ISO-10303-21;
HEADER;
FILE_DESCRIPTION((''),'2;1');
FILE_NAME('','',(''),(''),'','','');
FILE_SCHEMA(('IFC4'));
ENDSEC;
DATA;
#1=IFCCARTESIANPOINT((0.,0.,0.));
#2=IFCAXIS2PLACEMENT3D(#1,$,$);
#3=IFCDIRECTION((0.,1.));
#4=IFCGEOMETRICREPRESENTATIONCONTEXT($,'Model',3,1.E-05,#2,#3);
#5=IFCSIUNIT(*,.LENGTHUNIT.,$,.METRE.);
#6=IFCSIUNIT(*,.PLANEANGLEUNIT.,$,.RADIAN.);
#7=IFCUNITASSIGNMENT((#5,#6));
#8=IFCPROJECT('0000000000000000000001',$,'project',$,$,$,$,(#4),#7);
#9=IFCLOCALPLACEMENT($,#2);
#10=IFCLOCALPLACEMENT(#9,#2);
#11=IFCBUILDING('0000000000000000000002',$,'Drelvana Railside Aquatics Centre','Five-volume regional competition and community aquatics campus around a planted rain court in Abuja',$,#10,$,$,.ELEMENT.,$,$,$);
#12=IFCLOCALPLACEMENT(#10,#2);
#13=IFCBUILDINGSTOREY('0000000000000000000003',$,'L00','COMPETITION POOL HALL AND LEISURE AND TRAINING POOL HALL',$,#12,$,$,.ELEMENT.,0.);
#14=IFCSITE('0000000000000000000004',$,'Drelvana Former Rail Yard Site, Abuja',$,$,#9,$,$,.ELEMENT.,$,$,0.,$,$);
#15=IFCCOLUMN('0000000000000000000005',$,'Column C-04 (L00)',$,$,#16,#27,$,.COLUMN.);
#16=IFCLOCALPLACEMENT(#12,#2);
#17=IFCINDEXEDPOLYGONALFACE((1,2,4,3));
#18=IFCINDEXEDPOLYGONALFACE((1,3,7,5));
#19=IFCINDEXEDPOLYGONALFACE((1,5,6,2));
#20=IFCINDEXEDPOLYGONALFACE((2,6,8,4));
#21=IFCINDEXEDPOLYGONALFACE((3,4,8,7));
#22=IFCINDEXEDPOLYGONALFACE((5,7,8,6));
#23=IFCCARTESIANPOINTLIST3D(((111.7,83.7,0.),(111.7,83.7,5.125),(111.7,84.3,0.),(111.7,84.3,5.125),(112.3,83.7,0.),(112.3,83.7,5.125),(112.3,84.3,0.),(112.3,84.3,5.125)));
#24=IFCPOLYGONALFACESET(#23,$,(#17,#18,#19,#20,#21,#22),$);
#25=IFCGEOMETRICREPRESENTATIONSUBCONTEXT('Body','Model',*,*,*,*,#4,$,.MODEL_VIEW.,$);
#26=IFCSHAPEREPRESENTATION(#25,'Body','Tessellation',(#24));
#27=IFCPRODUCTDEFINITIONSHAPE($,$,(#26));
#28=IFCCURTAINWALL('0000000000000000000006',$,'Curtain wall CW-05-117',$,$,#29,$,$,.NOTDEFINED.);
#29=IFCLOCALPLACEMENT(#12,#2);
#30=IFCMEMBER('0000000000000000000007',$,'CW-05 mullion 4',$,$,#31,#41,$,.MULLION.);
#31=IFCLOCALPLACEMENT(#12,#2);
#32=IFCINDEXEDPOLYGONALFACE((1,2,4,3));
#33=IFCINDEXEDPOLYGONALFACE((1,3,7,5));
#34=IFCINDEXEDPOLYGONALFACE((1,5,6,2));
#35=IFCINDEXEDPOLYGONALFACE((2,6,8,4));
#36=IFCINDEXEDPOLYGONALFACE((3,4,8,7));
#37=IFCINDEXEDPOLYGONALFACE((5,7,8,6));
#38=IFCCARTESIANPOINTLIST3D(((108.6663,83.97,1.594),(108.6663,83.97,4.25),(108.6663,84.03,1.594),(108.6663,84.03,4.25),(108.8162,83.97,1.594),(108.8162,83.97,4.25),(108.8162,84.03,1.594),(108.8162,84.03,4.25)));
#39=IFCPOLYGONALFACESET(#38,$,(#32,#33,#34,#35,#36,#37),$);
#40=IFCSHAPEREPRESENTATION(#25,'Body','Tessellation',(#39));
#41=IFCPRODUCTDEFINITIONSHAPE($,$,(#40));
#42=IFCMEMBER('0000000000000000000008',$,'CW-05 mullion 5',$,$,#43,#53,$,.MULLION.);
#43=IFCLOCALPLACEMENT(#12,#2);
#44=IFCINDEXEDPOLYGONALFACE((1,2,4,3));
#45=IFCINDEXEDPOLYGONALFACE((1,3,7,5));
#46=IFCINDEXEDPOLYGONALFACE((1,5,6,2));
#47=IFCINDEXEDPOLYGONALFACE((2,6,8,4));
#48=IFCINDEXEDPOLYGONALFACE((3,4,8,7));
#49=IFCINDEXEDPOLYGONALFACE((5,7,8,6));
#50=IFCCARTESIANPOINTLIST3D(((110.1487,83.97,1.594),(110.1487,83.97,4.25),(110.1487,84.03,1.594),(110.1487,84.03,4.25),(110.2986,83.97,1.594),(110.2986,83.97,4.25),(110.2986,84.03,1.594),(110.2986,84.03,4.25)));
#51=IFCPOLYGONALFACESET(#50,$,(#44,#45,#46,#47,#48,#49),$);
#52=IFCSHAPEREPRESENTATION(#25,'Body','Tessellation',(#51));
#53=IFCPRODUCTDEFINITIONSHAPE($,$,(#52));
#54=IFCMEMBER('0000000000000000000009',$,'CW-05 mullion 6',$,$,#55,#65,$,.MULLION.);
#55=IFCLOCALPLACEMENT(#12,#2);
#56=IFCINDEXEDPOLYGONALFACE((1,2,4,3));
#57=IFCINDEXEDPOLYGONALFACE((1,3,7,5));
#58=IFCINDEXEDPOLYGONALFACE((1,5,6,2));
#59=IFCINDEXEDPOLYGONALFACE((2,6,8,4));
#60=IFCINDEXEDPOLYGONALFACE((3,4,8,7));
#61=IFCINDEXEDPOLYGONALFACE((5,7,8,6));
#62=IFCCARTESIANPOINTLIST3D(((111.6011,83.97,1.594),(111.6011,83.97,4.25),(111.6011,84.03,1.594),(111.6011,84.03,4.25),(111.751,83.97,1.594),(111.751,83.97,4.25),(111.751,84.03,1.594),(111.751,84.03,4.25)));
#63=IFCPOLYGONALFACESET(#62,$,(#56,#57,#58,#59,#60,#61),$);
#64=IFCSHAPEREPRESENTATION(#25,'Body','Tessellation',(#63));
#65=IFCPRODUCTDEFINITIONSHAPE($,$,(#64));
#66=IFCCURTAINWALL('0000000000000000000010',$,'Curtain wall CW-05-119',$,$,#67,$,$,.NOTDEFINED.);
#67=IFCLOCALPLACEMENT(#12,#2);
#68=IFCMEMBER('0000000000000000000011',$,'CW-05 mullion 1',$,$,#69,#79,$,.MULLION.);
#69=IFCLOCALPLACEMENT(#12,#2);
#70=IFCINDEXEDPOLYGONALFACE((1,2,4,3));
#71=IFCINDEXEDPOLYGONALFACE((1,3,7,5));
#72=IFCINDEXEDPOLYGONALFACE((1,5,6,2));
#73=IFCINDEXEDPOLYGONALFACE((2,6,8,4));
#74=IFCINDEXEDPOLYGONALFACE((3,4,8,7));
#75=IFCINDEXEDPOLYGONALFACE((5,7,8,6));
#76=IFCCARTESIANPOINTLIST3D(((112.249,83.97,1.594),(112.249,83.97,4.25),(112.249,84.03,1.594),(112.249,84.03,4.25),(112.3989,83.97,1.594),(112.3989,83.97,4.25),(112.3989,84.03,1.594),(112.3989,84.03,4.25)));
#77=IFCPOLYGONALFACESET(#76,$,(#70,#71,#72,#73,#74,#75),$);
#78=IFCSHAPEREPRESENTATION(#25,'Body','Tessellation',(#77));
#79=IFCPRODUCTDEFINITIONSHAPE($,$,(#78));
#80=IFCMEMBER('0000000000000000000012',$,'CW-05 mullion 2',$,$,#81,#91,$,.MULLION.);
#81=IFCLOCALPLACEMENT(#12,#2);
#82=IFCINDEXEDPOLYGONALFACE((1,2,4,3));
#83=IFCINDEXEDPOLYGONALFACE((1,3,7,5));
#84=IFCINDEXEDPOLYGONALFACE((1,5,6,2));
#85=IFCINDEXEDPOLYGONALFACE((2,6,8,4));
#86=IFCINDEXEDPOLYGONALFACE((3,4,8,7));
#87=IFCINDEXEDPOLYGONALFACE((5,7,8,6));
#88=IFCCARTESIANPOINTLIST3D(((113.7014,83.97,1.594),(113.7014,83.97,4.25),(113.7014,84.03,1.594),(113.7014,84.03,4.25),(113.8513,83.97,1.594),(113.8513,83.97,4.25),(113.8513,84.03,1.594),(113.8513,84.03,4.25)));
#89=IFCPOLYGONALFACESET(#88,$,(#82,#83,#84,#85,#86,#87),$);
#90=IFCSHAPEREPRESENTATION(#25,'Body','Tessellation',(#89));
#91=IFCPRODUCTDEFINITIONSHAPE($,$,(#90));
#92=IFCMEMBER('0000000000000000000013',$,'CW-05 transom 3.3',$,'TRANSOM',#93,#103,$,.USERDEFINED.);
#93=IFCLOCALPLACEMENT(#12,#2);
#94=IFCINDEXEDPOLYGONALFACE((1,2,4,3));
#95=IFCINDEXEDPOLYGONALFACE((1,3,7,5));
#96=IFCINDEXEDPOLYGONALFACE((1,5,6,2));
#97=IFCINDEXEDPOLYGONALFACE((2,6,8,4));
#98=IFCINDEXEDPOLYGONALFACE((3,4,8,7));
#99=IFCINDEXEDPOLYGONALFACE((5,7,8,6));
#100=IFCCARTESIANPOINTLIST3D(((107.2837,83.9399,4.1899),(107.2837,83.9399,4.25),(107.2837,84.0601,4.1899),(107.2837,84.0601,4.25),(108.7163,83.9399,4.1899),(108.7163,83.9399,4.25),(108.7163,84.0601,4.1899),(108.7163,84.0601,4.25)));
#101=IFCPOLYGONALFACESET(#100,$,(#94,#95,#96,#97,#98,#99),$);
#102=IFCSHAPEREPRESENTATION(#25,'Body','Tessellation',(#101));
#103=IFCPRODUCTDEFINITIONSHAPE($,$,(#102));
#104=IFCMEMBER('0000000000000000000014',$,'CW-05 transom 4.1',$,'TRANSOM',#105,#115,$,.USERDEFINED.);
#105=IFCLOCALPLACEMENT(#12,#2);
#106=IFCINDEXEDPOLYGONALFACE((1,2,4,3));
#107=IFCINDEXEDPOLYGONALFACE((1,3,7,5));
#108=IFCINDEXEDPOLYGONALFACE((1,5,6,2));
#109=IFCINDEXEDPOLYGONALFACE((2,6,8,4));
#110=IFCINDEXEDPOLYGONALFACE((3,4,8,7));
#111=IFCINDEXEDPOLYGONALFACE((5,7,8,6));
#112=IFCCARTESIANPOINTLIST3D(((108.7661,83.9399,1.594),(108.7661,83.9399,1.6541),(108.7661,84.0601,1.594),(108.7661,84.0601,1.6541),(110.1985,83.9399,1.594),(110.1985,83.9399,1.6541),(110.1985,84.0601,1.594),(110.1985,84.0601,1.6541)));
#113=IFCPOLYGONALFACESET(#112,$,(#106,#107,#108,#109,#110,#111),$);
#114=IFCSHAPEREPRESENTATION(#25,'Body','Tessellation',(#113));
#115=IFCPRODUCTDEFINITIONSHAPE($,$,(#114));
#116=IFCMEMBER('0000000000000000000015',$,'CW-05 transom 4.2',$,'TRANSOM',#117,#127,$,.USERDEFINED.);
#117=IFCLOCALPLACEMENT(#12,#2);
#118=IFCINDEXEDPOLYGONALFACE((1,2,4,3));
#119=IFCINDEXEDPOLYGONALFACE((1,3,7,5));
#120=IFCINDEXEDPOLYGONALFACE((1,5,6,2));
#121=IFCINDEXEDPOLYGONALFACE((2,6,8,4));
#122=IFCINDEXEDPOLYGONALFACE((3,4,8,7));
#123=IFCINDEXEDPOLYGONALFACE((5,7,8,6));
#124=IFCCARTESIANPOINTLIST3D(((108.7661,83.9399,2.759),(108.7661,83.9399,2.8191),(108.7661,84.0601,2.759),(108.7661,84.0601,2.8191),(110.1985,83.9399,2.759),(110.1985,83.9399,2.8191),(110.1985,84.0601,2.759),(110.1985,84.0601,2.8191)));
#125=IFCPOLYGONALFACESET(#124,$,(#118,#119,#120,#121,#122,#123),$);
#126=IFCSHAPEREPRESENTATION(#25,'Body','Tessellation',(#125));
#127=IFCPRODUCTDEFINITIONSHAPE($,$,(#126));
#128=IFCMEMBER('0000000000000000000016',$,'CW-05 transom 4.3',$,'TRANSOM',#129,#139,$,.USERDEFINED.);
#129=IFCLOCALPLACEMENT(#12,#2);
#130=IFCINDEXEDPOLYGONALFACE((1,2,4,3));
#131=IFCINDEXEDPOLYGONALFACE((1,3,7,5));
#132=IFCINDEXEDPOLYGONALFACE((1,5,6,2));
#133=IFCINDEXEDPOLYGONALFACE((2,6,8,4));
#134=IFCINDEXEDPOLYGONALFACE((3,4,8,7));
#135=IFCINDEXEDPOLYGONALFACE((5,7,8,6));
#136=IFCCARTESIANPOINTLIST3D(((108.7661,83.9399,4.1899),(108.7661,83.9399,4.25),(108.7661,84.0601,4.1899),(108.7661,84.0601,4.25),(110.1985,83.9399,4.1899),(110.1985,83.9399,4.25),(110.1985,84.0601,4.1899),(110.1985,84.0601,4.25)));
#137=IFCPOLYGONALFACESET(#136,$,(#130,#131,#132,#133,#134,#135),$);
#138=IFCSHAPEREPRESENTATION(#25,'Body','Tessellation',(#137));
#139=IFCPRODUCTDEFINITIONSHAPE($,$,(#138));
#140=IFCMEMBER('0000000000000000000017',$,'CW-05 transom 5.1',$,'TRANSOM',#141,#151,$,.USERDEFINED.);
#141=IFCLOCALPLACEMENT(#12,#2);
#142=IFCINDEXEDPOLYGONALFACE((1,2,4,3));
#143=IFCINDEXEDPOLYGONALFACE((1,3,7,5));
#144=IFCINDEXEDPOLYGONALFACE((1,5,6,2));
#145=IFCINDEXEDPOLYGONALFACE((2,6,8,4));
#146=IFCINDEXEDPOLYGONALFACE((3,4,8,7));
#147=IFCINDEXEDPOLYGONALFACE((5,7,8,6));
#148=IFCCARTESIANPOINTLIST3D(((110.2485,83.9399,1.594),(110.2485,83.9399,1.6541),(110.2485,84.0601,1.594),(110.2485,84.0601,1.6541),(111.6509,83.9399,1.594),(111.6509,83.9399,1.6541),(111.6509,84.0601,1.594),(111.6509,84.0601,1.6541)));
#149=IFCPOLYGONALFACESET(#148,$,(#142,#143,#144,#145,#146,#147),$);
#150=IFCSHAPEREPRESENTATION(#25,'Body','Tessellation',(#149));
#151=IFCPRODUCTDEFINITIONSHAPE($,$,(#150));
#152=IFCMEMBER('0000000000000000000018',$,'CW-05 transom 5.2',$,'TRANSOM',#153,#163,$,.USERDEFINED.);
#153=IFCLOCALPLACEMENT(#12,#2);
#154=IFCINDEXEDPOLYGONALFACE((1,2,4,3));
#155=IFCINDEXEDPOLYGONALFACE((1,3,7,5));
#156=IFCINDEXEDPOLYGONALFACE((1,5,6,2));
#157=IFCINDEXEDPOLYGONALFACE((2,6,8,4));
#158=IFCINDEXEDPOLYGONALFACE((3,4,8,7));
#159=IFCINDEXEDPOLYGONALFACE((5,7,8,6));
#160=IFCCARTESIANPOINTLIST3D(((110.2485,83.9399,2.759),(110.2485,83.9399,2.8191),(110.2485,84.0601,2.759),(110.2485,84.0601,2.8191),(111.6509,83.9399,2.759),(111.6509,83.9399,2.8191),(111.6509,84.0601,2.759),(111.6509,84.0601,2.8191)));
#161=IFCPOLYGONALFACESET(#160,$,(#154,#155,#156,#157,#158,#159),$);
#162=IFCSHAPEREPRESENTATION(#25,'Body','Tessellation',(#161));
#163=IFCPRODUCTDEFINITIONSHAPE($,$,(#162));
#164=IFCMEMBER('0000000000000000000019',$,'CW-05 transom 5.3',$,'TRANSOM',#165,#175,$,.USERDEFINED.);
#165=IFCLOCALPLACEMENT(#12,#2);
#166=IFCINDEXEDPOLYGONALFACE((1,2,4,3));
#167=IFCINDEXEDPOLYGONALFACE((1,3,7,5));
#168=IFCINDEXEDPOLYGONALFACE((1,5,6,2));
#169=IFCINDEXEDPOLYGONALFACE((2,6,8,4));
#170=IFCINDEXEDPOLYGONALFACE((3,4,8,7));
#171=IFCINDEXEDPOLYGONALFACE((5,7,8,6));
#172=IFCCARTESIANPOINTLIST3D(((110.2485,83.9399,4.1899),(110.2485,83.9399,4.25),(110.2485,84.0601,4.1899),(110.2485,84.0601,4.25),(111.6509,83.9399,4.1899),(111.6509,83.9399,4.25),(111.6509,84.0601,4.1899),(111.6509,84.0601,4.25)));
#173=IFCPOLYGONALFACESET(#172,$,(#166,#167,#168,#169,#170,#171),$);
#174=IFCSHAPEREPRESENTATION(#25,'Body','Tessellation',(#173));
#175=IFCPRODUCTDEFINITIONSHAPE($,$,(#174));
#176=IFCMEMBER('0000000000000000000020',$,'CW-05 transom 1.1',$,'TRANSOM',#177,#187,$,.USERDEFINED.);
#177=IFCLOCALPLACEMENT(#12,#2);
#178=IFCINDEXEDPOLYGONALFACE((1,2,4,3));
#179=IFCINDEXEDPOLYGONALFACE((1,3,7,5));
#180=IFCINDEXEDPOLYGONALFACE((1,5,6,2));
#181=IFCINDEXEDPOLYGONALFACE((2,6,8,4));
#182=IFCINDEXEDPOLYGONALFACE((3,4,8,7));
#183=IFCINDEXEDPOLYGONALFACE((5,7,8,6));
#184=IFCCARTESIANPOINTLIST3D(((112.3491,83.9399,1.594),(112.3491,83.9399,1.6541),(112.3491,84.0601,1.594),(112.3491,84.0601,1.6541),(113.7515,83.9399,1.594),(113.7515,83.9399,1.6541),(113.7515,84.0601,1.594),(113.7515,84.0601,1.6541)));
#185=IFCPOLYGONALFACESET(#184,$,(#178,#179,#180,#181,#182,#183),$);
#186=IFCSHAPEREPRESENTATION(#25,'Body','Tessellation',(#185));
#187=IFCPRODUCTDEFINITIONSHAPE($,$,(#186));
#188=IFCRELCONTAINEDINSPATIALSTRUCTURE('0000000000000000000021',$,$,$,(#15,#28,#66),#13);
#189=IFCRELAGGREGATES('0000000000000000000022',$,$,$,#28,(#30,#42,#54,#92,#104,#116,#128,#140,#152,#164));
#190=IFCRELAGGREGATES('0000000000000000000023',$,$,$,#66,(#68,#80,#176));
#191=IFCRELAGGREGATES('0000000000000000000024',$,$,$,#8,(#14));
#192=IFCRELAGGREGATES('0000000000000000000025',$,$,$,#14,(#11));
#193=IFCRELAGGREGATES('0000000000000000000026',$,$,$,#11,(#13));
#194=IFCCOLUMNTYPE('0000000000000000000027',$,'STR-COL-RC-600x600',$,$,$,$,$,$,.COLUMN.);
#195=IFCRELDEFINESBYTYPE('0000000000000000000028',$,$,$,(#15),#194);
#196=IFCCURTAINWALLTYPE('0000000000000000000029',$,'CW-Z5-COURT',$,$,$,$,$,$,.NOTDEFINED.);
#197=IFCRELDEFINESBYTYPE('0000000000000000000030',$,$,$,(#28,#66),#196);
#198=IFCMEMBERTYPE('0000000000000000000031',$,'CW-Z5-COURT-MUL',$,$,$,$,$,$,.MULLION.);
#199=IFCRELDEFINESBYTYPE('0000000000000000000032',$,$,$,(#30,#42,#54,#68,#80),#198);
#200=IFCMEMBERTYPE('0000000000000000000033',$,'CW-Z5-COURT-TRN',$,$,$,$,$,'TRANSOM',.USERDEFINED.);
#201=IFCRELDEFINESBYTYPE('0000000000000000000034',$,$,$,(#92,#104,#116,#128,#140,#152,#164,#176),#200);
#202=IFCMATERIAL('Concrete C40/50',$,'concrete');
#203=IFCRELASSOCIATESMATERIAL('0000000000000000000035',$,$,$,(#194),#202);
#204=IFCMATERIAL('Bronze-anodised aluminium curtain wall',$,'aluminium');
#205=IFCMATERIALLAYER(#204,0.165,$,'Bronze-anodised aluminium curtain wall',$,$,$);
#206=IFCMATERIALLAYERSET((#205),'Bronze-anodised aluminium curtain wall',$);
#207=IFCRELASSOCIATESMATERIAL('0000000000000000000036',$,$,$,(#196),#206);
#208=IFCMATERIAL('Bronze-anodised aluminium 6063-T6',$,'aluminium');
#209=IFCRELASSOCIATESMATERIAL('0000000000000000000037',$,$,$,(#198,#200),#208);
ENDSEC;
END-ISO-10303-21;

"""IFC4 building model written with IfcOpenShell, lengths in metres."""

from ifc_helpers import new_model, si_unit, direction, frame, origin, origin_2d, place, context, subcontext, project, spatial, rectangle, extrude, material, layer, layer_set, material_profile, profile_set, type_object, element, aggregate, save


model = new_model("IFC4")

# Units and contexts
model_context = context("Model", 3, precision=1e-05, world=origin(), true_north=direction((0.0, 1.0)))
body_context = subcontext(model_context, "Body", "Model", "MODEL_VIEW")
ifc_project = project(units=[si_unit("LENGTHUNIT", "METRE"), si_unit("PLANEANGLEUNIT", "RADIAN")], contexts=[model_context])

# Site, building, storey
site_placement = place(None, origin())
site = spatial("IfcSite", under=ifc_project, at=site_placement, Name="Drelvana Former Rail Yard Site, Abuja", CompositionType="ELEMENT", RefElevation=0.0)
building_placement = place(site_placement, origin())
building = spatial("IfcBuilding", under=site, at=building_placement, Name="Drelvana Railside Aquatics Centre", Description="Five-volume regional competition and community aquatics campus around a planted rain court in Abuja", CompositionType="ELEMENT")
storey_placement = place(building_placement, origin())
storey = spatial("IfcBuildingStorey", under=building, at=storey_placement, Name="L00", Description="COMPETITION POOL HALL AND LEISURE AND TRAINING POOL HALL", CompositionType="ELEMENT", Elevation=0.0)

# Column
ifc_material_1 = material(Name="Concrete C40/50", Category="concrete")
ifc_material_profile_1 = material_profile(ifc_material_1, rectangle(XDim=0.6001, YDim=0.6001, at=origin_2d()), Name="RC 600x600")
ifc_profile_set_1 = profile_set([ifc_material_profile_1], Name="Concrete C40/50")
column_type = type_object("IfcColumnType", Name="STR-COL-RC-600x600", PredefinedType="COLUMN", material=ifc_profile_set_1)
column_placement = place(storey_placement, frame((112.0, 84.0, 0.0), z_axis=(0.0, 0.0, 1.0), x_axis=(1.0, 0.0, 0.0)))
element("IfcColumn", 1, at=column_placement, inside=storey, type_object=column_type, Name="Column C-04 (L00)", PredefinedType="COLUMN", context=body_context, shape_type="SweptSolid", body=[
    extrude(rectangle(XDim=0.6001, YDim=0.6001, at=origin_2d()), origin(), (0.0, 0.0, 1.0), 5.125),
])

# Curtain walls, members
ifc_material_2 = material(Name="Bronze-anodised aluminium curtain wall", Category="aluminium")
ifc_layer_1 = layer(ifc_material_2, 0.165, Name="Bronze-anodised aluminium curtain wall")
ifc_layer_set_1 = layer_set([ifc_layer_1], Name="Bronze-anodised aluminium curtain wall")
curtain_wall_type = type_object("IfcCurtainWallType", Name="CW-Z5-COURT", PredefinedType="NOTDEFINED", material=ifc_layer_set_1)
curtain_wall_1_placement = place(storey_placement, origin())
curtain_wall_1 = element("IfcCurtainWall", 2, at=curtain_wall_1_placement, inside=storey, type_object=curtain_wall_type, Name="Curtain wall CW-05-117", PredefinedType="NOTDEFINED")
ifc_material_3 = material(Name="Bronze-anodised aluminium 6063-T6", Category="aluminium")
ifc_material_profile_2 = material_profile(ifc_material_3, rectangle(XDim=0.0601, YDim=0.1499, at=origin_2d()), Name="ALU-M 60x150")
ifc_profile_set_2 = profile_set([ifc_material_profile_2], Name="Bronze-anodised aluminium 6063-T6")
member_type_1 = type_object("IfcMemberType", Name="CW-Z5-COURT-MUL", PredefinedType="MULLION", material=ifc_profile_set_2)
member_1_placement = place(storey_placement, frame((108.7412, 84.0, 1.594), z_axis=(0.0, 0.0, 1.0), x_axis=(0.0, 1.0, 0.0)))
member_1 = element("IfcMember", 3, at=member_1_placement, type_object=member_type_1, Name="CW-05 mullion 4", PredefinedType="MULLION", context=body_context, shape_type="SweptSolid", body=[
    extrude(rectangle(XDim=0.0601, YDim=0.1499, at=origin_2d()), origin(), (0.0, 0.0, 1.0), 2.656),
])
member_2_placement = place(storey_placement, frame((110.2236, 84.0, 1.594), z_axis=(0.0, 0.0, 1.0), x_axis=(0.0, 1.0, 0.0)))
member_2 = element("IfcMember", 4, at=member_2_placement, type_object=member_type_1, Name="CW-05 mullion 5", PredefinedType="MULLION", context=body_context, shape_type="SweptSolid", body=[
    extrude(rectangle(XDim=0.0601, YDim=0.1499, at=origin_2d()), origin(), (0.0, 0.0, 1.0), 2.656),
])
member_3_placement = place(storey_placement, frame((111.676, 84.0, 1.594), z_axis=(0.0, 0.0, 1.0), x_axis=(0.0, 1.0, 0.0)))
member_3 = element("IfcMember", 5, at=member_3_placement, type_object=member_type_1, Name="CW-05 mullion 6", PredefinedType="MULLION", context=body_context, shape_type="SweptSolid", body=[
    extrude(rectangle(XDim=0.0601, YDim=0.1499, at=origin_2d()), origin(), (0.0, 0.0, 1.0), 2.656),
])
curtain_wall_2_placement = place(storey_placement, origin())
curtain_wall_2 = element("IfcCurtainWall", 6, at=curtain_wall_2_placement, inside=storey, type_object=curtain_wall_type, Name="Curtain wall CW-05-119", PredefinedType="NOTDEFINED")
member_4_placement = place(storey_placement, frame((112.324, 84.0, 1.594), z_axis=(0.0, 0.0, 1.0), x_axis=(0.0, 1.0, 0.0)))
member_4 = element("IfcMember", 7, at=member_4_placement, type_object=member_type_1, Name="CW-05 mullion 1", PredefinedType="MULLION", context=body_context, shape_type="SweptSolid", body=[
    extrude(rectangle(XDim=0.0601, YDim=0.1499, at=origin_2d()), origin(), (0.0, 0.0, 1.0), 2.656),
])
member_5_placement = place(storey_placement, frame((113.7764, 84.0, 1.594), z_axis=(0.0, 0.0, 1.0), x_axis=(0.0, 1.0, 0.0)))
member_5 = element("IfcMember", 8, at=member_5_placement, type_object=member_type_1, Name="CW-05 mullion 2", PredefinedType="MULLION", context=body_context, shape_type="SweptSolid", body=[
    extrude(rectangle(XDim=0.0601, YDim=0.1499, at=origin_2d()), origin(), (0.0, 0.0, 1.0), 2.656),
])

# Members
ifc_material_profile_3 = material_profile(ifc_material_3, rectangle(XDim=0.1201, YDim=0.0601, at=origin_2d()), Name="ALU-T 60x120")
ifc_profile_set_3 = profile_set([ifc_material_profile_3], Name="Bronze-anodised aluminium 6063-T6")
member_type_2 = type_object("IfcMemberType", Name="CW-Z5-COURT-TRN", ElementType="TRANSOM", PredefinedType="USERDEFINED", material=ifc_profile_set_3)
member_6_placement = place(storey_placement, frame((107.2837, 84.0, 4.22), z_axis=(1.0, 0.0, 0.0), x_axis=(0.0, 1.0, 0.0)))
member_6 = element("IfcMember", 9, at=member_6_placement, type_object=member_type_2, Name="CW-05 transom 3.3", ObjectType="TRANSOM", PredefinedType="USERDEFINED", context=body_context, shape_type="SweptSolid", body=[
    extrude(rectangle(XDim=0.1201, YDim=0.0601, at=origin_2d()), origin(), (0.0, 0.0, 1.0), 1.4326),
])
member_7_placement = place(storey_placement, frame((108.7661, 84.0, 1.624), z_axis=(1.0, 0.0, 0.0), x_axis=(0.0, 1.0, 0.0)))
member_7 = element("IfcMember", 10, at=member_7_placement, type_object=member_type_2, Name="CW-05 transom 4.1", ObjectType="TRANSOM", PredefinedType="USERDEFINED", context=body_context, shape_type="SweptSolid", body=[
    extrude(rectangle(XDim=0.1201, YDim=0.0601, at=origin_2d()), origin(), (0.0, 0.0, 1.0), 1.4324),
])
member_8_placement = place(storey_placement, frame((108.7661, 84.0, 2.7891), z_axis=(1.0, 0.0, 0.0), x_axis=(0.0, 1.0, 0.0)))
member_8 = element("IfcMember", 11, at=member_8_placement, type_object=member_type_2, Name="CW-05 transom 4.2", ObjectType="TRANSOM", PredefinedType="USERDEFINED", context=body_context, shape_type="SweptSolid", body=[
    extrude(rectangle(XDim=0.1201, YDim=0.0601, at=origin_2d()), origin(), (0.0, 0.0, 1.0), 1.4324),
])
member_9_placement = place(storey_placement, frame((108.7661, 84.0, 4.22), z_axis=(1.0, 0.0, 0.0), x_axis=(0.0, 1.0, 0.0)))
member_9 = element("IfcMember", 12, at=member_9_placement, type_object=member_type_2, Name="CW-05 transom 4.3", ObjectType="TRANSOM", PredefinedType="USERDEFINED", context=body_context, shape_type="SweptSolid", body=[
    extrude(rectangle(XDim=0.1201, YDim=0.0601, at=origin_2d()), origin(), (0.0, 0.0, 1.0), 1.4324),
])
member_10_placement = place(storey_placement, frame((110.2485, 84.0, 1.624), z_axis=(1.0, 0.0, 0.0), x_axis=(0.0, 1.0, 0.0)))
member_10 = element("IfcMember", 13, at=member_10_placement, type_object=member_type_2, Name="CW-05 transom 5.1", ObjectType="TRANSOM", PredefinedType="USERDEFINED", context=body_context, shape_type="SweptSolid", body=[
    extrude(rectangle(XDim=0.1201, YDim=0.0601, at=origin_2d()), origin(), (0.0, 0.0, 1.0), 1.4023),
])
member_11_placement = place(storey_placement, frame((110.2485, 84.0, 2.7891), z_axis=(1.0, 0.0, 0.0), x_axis=(0.0, 1.0, 0.0)))
member_11 = element("IfcMember", 14, at=member_11_placement, type_object=member_type_2, Name="CW-05 transom 5.2", ObjectType="TRANSOM", PredefinedType="USERDEFINED", context=body_context, shape_type="SweptSolid", body=[
    extrude(rectangle(XDim=0.1201, YDim=0.0601, at=origin_2d()), origin(), (0.0, 0.0, 1.0), 1.4023),
])
member_12_placement = place(storey_placement, frame((110.2485, 84.0, 4.22), z_axis=(1.0, 0.0, 0.0), x_axis=(0.0, 1.0, 0.0)))
member_12 = element("IfcMember", 15, at=member_12_placement, type_object=member_type_2, Name="CW-05 transom 5.3", ObjectType="TRANSOM", PredefinedType="USERDEFINED", context=body_context, shape_type="SweptSolid", body=[
    extrude(rectangle(XDim=0.1201, YDim=0.0601, at=origin_2d()), origin(), (0.0, 0.0, 1.0), 1.4023),
])
member_13_placement = place(storey_placement, frame((112.3491, 84.0, 1.624), z_axis=(1.0, 0.0, 0.0), x_axis=(0.0, 1.0, 0.0)))
member_13 = element("IfcMember", 16, at=member_13_placement, type_object=member_type_2, Name="CW-05 transom 1.1", ObjectType="TRANSOM", PredefinedType="USERDEFINED", context=body_context, shape_type="SweptSolid", body=[
    extrude(rectangle(XDim=0.1201, YDim=0.0601, at=origin_2d()), origin(), (0.0, 0.0, 1.0), 1.4023),
])

aggregate(curtain_wall_1, [member_1, member_2, member_3, member_6, member_7, member_8, member_9, member_10, member_11, member_12])
aggregate(curtain_wall_2, [member_4, member_5, member_13])

save(model, "model.ifc")
